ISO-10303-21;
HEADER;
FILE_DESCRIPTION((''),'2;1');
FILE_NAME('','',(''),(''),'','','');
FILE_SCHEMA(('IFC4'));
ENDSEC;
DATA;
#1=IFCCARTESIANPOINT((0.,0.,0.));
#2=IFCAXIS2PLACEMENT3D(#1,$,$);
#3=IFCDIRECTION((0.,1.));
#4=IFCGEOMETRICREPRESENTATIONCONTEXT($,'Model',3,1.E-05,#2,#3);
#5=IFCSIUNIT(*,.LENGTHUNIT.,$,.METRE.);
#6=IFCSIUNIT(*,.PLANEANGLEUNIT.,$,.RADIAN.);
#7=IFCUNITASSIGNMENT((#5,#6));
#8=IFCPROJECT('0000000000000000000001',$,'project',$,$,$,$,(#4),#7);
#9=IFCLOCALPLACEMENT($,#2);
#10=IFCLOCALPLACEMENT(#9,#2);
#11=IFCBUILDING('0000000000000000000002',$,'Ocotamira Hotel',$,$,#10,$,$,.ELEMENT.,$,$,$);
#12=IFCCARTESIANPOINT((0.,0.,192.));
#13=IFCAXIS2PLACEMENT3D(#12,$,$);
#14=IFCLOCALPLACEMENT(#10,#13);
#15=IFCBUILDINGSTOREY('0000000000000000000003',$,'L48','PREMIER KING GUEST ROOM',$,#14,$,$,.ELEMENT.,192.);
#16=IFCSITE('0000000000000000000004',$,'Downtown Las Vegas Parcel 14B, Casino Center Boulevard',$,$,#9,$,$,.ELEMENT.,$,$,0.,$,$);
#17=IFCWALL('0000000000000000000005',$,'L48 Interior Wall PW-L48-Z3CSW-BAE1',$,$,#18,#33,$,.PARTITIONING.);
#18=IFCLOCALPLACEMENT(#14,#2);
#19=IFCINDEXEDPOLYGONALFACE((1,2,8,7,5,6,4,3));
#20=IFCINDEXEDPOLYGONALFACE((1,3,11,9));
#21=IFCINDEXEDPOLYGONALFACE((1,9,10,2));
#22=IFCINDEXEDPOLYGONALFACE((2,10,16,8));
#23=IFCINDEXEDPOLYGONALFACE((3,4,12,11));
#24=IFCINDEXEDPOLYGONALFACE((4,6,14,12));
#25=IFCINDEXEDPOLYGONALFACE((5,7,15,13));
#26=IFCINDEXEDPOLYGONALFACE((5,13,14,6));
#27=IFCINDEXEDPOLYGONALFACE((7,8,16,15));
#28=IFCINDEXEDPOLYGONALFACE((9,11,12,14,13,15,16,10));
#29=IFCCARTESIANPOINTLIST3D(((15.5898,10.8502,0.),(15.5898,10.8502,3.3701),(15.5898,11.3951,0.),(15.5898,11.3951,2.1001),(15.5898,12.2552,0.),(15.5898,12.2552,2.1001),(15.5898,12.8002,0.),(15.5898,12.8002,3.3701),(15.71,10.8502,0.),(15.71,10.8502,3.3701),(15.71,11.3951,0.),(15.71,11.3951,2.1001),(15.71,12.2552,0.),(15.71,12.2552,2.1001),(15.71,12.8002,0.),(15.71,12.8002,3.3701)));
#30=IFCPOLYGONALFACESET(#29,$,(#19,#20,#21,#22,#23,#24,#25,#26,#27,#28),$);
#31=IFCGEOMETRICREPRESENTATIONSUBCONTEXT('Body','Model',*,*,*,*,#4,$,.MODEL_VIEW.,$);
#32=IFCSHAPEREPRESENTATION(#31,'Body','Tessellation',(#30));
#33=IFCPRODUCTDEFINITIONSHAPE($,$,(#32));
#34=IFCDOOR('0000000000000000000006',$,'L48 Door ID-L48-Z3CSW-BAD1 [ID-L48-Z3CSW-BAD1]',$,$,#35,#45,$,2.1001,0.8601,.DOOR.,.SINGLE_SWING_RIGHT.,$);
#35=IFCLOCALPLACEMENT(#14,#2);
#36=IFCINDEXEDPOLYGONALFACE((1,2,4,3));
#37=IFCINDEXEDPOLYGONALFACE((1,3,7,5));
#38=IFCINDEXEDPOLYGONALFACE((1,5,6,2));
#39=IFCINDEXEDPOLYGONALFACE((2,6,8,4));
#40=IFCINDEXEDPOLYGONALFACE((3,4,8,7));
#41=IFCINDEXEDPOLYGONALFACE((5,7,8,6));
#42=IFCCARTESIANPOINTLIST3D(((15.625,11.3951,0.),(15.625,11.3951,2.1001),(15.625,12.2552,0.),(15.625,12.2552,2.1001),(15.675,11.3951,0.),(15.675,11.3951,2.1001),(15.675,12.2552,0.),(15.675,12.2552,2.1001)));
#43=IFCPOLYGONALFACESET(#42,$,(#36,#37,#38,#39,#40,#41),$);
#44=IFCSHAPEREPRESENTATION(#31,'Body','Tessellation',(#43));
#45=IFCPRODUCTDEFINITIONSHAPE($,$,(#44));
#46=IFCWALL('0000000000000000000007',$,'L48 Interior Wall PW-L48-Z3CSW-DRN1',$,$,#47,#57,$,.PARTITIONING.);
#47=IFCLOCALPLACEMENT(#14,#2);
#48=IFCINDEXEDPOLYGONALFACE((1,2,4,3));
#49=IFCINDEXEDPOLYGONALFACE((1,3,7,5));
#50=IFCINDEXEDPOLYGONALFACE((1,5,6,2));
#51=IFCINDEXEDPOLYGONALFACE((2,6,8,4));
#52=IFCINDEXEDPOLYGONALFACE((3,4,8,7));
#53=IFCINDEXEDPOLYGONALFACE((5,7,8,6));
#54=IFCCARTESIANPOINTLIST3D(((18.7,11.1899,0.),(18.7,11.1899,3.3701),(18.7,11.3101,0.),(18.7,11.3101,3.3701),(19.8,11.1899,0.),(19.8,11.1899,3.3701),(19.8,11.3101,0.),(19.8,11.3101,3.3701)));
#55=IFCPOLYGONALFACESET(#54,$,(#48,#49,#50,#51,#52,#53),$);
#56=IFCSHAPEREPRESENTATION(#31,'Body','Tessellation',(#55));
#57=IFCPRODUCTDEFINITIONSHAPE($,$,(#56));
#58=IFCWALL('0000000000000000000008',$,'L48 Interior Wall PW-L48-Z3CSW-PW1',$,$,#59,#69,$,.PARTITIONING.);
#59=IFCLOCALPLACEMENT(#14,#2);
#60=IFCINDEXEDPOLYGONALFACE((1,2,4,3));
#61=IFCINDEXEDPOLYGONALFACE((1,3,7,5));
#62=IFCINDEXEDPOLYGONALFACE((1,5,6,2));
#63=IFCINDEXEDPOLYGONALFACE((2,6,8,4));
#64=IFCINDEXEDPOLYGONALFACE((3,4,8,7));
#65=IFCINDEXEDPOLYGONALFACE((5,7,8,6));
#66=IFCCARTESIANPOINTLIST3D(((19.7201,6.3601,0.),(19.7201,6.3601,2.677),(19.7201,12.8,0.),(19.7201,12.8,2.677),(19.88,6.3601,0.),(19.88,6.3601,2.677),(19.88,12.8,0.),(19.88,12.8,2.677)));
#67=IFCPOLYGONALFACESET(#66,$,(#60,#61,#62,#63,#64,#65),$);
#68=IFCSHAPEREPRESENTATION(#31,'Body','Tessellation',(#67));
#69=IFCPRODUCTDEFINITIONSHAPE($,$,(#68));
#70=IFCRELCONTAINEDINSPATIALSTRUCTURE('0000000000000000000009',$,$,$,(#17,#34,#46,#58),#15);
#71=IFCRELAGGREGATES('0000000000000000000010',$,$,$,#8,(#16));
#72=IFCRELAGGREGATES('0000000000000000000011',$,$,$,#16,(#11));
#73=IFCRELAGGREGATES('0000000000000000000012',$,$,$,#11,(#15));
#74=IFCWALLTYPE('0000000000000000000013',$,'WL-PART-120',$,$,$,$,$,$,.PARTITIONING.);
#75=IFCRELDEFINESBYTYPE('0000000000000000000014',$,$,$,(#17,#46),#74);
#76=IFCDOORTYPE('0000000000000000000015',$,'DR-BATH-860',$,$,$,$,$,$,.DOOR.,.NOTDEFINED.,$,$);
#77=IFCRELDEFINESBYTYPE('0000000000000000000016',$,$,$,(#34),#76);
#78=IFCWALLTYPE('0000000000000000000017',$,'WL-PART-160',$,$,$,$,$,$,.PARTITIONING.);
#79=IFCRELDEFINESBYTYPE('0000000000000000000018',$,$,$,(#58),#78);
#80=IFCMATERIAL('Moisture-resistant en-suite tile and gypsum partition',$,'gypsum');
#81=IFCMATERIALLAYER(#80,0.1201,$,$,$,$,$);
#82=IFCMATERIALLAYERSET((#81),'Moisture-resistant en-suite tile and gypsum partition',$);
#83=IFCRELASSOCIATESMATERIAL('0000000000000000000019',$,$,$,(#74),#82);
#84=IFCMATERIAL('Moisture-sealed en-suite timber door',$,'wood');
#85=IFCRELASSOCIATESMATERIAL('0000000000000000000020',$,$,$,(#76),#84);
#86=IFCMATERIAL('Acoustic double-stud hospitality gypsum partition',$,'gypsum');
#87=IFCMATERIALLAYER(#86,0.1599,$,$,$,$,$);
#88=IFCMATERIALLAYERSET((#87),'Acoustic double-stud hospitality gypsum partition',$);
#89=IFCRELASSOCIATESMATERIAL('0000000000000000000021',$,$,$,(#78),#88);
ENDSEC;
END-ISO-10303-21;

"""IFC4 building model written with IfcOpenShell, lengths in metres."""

from ifc_helpers import new_model, si_unit, direction, frame, frame_2d, origin, place, context, subcontext, project, spatial, rectangle, extrude, source, transform, mapped, material, layer, layer_set, type_object, element, fill, save


model = new_model("IFC4")

# Units and contexts
model_context = context("Model", 3, precision=1e-05, world=origin(), true_north=direction((0.0, 1.0)))
body_context = subcontext(model_context, "Body", "Model", "MODEL_VIEW")
ifc_project = project(units=[si_unit("LENGTHUNIT", "METRE"), si_unit("PLANEANGLEUNIT", "RADIAN")], contexts=[model_context])

# Site, building, storey
site_placement = place(None, origin())
site = spatial("IfcSite", under=ifc_project, at=site_placement, Name="Downtown Las Vegas Parcel 14B, Casino Center Boulevard", CompositionType="ELEMENT", RefElevation=0.0)
building_placement = place(site_placement, origin())
building = spatial("IfcBuilding", under=site, at=building_placement, Name="Ocotamira Hotel", CompositionType="ELEMENT")
storey_placement = place(building_placement, frame((0.0, 0.0, 192.0)))
storey = spatial("IfcBuildingStorey", under=building, at=storey_placement, Name="L48", Description="PREMIER KING GUEST ROOM", CompositionType="ELEMENT", Elevation=192.0)

# Wall, opening, door
ifc_material_1 = material(Name="Moisture-resistant en-suite tile and gypsum partition", Category="gypsum")
ifc_layer_1 = layer(ifc_material_1, 0.1201)
ifc_layer_set_1 = layer_set([ifc_layer_1], Name="Moisture-resistant en-suite tile and gypsum partition")
wall_type_1 = type_object("IfcWallType", Name="WL-PART-120", PredefinedType="PARTITIONING", material=ifc_layer_set_1)
wall_1_placement = place(storey_placement, frame((15.6499, 10.8501, 0.0), z_axis=(0.0, 0.0, 1.0), x_axis=(0.0, 1.0, 0.0)))
wall_1 = element("IfcWall", 1, at=wall_1_placement, inside=storey, type_object=wall_type_1, Name="L48 Interior Wall PW-L48-Z3CSW-BAE1", PredefinedType="PARTITIONING", context=body_context, shape_type="SweptSolid", body=[
    extrude(rectangle(XDim=1.95, YDim=0.1201, at=frame_2d((0.9751, 0.0))), origin(), (0.0, 0.0, 1.0), 3.3701),
])
opening_placement = place(wall_1_placement, frame((0.5449, 0.0, 0.0)))
opening = element("IfcOpeningElement", 2, at=opening_placement, cuts=wall_1, PredefinedType="OPENING", context=body_context, shape_type="SweptSolid", body=[
    extrude(rectangle(XDim=0.8601, YDim=2.1001, at=frame_2d((0.4302, 1.05))), frame((0.0, 0.0701, 0.0), z_axis=(0.0, -1.0, 0.0), x_axis=(1.0, 0.0, 0.0)), (0.0, 0.0, 1.0), 0.1401),
])
ifc_material_2 = material(Name="Moisture-sealed en-suite timber door", Category="wood")
door_type = type_object("IfcDoorType", Name="DR-BATH-860", OperationType="NOTDEFINED", PredefinedType="DOOR", material=ifc_material_2)
shared_shape_1 = source(origin(), body_context, "Body", "SweptSolid", [
    extrude(rectangle(XDim=0.8601, YDim=2.1001, at=frame_2d((0.4302, 1.05))), frame((0.0, 0.0249, 0.0), z_axis=(0.0, -1.0, 0.0), x_axis=(1.0, 0.0, 0.0)), (0.0, 0.0, 1.0), 0.05),
])
door_placement = place(opening_placement, origin())
door = element("IfcDoor", 3, at=door_placement, inside=storey, type_object=door_type, Name="L48 Door ID-L48-Z3CSW-BAD1 [ID-L48-Z3CSW-BAD1]", OperationType="SINGLE_SWING_RIGHT", OverallHeight=2.1001, OverallWidth=0.8601, PredefinedType="DOOR", context=body_context, shape_type="MappedRepresentation", body=[
    mapped(shared_shape_1, transform((0.0, 0.0, 0.0), scale=1.0)),
])
fill(opening, door)

# Walls
wall_2_placement = place(storey_placement, frame((18.7, 11.25, 0.0), z_axis=(0.0, 0.0, 1.0), x_axis=(1.0, 0.0, 0.0)))
element("IfcWall", 4, at=wall_2_placement, inside=storey, type_object=wall_type_1, Name="L48 Interior Wall PW-L48-Z3CSW-DRN1", PredefinedType="PARTITIONING", context=body_context, shape_type="SweptSolid", body=[
    extrude(rectangle(XDim=1.1001, YDim=0.1201, at=frame_2d((0.55, 0.0))), origin(), (0.0, 0.0, 1.0), 3.3701),
])
ifc_material_3 = material(Name="Acoustic double-stud hospitality gypsum partition", Category="gypsum")
ifc_layer_2 = layer(ifc_material_3, 0.1599)
ifc_layer_set_2 = layer_set([ifc_layer_2], Name="Acoustic double-stud hospitality gypsum partition")
wall_type_2 = type_object("IfcWallType", Name="WL-PART-160", PredefinedType="PARTITIONING", material=ifc_layer_set_2)
wall_3_placement = place(storey_placement, frame((19.8, 6.3601, 0.0), z_axis=(0.0, 0.0, 1.0), x_axis=(0.0, 1.0, 0.0)))
element("IfcWall", 5, at=wall_3_placement, inside=storey, type_object=wall_type_2, Name="L48 Interior Wall PW-L48-Z3CSW-PW1", PredefinedType="PARTITIONING", context=body_context, shape_type="SweptSolid", body=[
    extrude(rectangle(XDim=6.4399, YDim=0.1599, at=frame_2d((3.22, 0.0))), origin(), (0.0, 0.0, 1.0), 2.677),
])

save(model, "model.ifc")
